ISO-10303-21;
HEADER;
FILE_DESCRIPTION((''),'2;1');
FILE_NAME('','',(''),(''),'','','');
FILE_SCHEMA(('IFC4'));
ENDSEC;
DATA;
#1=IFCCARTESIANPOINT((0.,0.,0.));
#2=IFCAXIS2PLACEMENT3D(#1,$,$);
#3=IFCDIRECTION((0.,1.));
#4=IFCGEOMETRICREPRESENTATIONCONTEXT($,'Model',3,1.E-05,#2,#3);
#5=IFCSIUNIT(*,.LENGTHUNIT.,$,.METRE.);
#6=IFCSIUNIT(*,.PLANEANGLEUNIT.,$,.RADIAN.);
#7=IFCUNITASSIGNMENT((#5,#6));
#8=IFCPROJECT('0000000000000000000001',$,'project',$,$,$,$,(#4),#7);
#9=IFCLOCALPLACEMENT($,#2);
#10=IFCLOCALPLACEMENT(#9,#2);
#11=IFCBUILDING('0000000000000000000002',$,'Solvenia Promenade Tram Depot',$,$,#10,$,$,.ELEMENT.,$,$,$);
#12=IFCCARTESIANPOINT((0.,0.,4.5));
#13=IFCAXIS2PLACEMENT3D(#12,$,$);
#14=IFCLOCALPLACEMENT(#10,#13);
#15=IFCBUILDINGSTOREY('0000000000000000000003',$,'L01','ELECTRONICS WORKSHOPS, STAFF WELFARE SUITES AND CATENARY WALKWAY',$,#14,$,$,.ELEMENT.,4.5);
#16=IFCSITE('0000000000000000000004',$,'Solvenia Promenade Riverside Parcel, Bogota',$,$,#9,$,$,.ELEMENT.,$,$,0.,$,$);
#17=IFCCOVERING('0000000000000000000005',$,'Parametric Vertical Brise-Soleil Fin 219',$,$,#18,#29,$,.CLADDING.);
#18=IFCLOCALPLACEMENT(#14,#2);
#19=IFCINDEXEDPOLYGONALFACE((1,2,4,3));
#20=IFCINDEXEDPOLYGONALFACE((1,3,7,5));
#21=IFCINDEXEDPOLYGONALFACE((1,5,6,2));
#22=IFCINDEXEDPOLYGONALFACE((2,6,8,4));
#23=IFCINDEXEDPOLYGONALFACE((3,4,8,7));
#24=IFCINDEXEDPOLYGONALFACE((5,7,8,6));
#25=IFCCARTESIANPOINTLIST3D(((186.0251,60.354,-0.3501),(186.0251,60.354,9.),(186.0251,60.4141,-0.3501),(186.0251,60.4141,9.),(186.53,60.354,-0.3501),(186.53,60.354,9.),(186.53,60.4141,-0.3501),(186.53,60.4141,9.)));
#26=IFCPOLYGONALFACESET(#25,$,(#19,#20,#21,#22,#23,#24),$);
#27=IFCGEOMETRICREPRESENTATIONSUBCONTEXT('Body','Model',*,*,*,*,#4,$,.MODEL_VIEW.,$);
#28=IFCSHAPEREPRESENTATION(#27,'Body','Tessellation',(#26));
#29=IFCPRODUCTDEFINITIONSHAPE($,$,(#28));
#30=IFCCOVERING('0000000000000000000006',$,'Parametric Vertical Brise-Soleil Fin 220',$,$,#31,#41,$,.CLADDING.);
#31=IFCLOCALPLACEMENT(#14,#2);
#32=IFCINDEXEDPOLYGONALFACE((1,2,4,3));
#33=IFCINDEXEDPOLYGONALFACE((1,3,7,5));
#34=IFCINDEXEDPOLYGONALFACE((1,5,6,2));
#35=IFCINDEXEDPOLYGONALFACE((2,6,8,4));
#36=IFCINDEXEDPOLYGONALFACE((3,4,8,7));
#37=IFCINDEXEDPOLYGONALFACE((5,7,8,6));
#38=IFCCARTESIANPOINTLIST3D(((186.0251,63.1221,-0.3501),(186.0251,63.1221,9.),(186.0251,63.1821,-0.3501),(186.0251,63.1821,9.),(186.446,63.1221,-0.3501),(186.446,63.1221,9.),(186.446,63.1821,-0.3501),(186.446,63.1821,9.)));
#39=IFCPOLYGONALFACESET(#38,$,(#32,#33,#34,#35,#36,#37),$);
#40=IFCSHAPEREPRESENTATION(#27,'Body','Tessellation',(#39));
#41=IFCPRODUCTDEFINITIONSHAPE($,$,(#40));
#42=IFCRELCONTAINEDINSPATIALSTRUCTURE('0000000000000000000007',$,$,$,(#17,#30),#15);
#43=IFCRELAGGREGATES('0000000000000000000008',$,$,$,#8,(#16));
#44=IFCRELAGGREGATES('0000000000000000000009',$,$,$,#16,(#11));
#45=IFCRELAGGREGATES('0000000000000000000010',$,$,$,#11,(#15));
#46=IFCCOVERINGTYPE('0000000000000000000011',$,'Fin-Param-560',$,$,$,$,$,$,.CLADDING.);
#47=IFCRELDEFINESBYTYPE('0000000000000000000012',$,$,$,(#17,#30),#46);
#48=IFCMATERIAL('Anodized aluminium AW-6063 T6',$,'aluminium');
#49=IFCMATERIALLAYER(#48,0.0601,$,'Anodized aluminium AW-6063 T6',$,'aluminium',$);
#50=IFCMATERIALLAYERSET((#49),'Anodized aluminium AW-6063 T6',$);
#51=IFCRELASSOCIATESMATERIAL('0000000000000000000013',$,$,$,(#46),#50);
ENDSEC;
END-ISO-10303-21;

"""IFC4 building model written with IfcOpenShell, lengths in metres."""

from ifc_helpers import new_model, si_unit, direction, frame, origin, origin_2d, place, context, subcontext, project, spatial, rectangle, extrude, material, layer, layer_set, type_object, element, save


model = new_model("IFC4")

# Units and contexts
model_context = context("Model", 3, precision=1e-05, world=origin(), true_north=direction((0.0, 1.0)))
body_context = subcontext(model_context, "Body", "Model", "MODEL_VIEW")
ifc_project = project(units=[si_unit("LENGTHUNIT", "METRE"), si_unit("PLANEANGLEUNIT", "RADIAN")], contexts=[model_context])

# Site, building, storey
site_placement = place(None, origin())
site = spatial("IfcSite", under=ifc_project, at=site_placement, Name="Solvenia Promenade Riverside Parcel, Bogota", CompositionType="ELEMENT", RefElevation=0.0)
building_placement = place(site_placement, origin())
building = spatial("IfcBuilding", under=site, at=building_placement, Name="Solvenia Promenade Tram Depot", CompositionType="ELEMENT")
storey_placement = place(building_placement, frame((0.0, 0.0, 4.5)))
storey = spatial("IfcBuildingStorey", under=building, at=storey_placement, Name="L01", Description="ELECTRONICS WORKSHOPS, STAFF WELFARE SUITES AND CATENARY WALKWAY", CompositionType="ELEMENT", Elevation=4.5)

# Shared definitions
ifc_material_1 = material(Name="Anodized aluminium AW-6063 T6", Category="aluminium")

# Coverings
ifc_layer_1 = layer(ifc_material_1, 0.0601, Name="Anodized aluminium AW-6063 T6", Category="aluminium")
ifc_layer_set_1 = layer_set([ifc_layer_1], Name="Anodized aluminium AW-6063 T6")
covering_type = type_object("IfcCoveringType", Name="Fin-Param-560", PredefinedType="CLADDING", material=ifc_layer_set_1)
covering_1_placement = place(storey_placement, frame((186.2776, 60.384, -0.3501), z_axis=(0.0, 0.0, 1.0), x_axis=(0.0, 1.0, 0.0)))
element("IfcCovering", 1, at=covering_1_placement, inside=storey, type_object=covering_type, Name="Parametric Vertical Brise-Soleil Fin 219", PredefinedType="CLADDING", context=body_context, shape_type="SweptSolid", body=[
    extrude(rectangle(XDim=0.0601, YDim=0.5049, at=origin_2d()), origin(), (0.0, 0.0, 1.0), 9.3501),
])
covering_2_placement = place(storey_placement, frame((186.2356, 63.1521, -0.3501), z_axis=(0.0, 0.0, 1.0), x_axis=(0.0, 1.0, 0.0)))
element("IfcCovering", 2, at=covering_2_placement, inside=storey, type_object=covering_type, Name="Parametric Vertical Brise-Soleil Fin 220", PredefinedType="CLADDING", context=body_context, shape_type="SweptSolid", body=[
    extrude(rectangle(XDim=0.0601, YDim=0.4209, at=origin_2d()), origin(), (0.0, 0.0, 1.0), 9.3501),
])

save(model, "model.ifc")
